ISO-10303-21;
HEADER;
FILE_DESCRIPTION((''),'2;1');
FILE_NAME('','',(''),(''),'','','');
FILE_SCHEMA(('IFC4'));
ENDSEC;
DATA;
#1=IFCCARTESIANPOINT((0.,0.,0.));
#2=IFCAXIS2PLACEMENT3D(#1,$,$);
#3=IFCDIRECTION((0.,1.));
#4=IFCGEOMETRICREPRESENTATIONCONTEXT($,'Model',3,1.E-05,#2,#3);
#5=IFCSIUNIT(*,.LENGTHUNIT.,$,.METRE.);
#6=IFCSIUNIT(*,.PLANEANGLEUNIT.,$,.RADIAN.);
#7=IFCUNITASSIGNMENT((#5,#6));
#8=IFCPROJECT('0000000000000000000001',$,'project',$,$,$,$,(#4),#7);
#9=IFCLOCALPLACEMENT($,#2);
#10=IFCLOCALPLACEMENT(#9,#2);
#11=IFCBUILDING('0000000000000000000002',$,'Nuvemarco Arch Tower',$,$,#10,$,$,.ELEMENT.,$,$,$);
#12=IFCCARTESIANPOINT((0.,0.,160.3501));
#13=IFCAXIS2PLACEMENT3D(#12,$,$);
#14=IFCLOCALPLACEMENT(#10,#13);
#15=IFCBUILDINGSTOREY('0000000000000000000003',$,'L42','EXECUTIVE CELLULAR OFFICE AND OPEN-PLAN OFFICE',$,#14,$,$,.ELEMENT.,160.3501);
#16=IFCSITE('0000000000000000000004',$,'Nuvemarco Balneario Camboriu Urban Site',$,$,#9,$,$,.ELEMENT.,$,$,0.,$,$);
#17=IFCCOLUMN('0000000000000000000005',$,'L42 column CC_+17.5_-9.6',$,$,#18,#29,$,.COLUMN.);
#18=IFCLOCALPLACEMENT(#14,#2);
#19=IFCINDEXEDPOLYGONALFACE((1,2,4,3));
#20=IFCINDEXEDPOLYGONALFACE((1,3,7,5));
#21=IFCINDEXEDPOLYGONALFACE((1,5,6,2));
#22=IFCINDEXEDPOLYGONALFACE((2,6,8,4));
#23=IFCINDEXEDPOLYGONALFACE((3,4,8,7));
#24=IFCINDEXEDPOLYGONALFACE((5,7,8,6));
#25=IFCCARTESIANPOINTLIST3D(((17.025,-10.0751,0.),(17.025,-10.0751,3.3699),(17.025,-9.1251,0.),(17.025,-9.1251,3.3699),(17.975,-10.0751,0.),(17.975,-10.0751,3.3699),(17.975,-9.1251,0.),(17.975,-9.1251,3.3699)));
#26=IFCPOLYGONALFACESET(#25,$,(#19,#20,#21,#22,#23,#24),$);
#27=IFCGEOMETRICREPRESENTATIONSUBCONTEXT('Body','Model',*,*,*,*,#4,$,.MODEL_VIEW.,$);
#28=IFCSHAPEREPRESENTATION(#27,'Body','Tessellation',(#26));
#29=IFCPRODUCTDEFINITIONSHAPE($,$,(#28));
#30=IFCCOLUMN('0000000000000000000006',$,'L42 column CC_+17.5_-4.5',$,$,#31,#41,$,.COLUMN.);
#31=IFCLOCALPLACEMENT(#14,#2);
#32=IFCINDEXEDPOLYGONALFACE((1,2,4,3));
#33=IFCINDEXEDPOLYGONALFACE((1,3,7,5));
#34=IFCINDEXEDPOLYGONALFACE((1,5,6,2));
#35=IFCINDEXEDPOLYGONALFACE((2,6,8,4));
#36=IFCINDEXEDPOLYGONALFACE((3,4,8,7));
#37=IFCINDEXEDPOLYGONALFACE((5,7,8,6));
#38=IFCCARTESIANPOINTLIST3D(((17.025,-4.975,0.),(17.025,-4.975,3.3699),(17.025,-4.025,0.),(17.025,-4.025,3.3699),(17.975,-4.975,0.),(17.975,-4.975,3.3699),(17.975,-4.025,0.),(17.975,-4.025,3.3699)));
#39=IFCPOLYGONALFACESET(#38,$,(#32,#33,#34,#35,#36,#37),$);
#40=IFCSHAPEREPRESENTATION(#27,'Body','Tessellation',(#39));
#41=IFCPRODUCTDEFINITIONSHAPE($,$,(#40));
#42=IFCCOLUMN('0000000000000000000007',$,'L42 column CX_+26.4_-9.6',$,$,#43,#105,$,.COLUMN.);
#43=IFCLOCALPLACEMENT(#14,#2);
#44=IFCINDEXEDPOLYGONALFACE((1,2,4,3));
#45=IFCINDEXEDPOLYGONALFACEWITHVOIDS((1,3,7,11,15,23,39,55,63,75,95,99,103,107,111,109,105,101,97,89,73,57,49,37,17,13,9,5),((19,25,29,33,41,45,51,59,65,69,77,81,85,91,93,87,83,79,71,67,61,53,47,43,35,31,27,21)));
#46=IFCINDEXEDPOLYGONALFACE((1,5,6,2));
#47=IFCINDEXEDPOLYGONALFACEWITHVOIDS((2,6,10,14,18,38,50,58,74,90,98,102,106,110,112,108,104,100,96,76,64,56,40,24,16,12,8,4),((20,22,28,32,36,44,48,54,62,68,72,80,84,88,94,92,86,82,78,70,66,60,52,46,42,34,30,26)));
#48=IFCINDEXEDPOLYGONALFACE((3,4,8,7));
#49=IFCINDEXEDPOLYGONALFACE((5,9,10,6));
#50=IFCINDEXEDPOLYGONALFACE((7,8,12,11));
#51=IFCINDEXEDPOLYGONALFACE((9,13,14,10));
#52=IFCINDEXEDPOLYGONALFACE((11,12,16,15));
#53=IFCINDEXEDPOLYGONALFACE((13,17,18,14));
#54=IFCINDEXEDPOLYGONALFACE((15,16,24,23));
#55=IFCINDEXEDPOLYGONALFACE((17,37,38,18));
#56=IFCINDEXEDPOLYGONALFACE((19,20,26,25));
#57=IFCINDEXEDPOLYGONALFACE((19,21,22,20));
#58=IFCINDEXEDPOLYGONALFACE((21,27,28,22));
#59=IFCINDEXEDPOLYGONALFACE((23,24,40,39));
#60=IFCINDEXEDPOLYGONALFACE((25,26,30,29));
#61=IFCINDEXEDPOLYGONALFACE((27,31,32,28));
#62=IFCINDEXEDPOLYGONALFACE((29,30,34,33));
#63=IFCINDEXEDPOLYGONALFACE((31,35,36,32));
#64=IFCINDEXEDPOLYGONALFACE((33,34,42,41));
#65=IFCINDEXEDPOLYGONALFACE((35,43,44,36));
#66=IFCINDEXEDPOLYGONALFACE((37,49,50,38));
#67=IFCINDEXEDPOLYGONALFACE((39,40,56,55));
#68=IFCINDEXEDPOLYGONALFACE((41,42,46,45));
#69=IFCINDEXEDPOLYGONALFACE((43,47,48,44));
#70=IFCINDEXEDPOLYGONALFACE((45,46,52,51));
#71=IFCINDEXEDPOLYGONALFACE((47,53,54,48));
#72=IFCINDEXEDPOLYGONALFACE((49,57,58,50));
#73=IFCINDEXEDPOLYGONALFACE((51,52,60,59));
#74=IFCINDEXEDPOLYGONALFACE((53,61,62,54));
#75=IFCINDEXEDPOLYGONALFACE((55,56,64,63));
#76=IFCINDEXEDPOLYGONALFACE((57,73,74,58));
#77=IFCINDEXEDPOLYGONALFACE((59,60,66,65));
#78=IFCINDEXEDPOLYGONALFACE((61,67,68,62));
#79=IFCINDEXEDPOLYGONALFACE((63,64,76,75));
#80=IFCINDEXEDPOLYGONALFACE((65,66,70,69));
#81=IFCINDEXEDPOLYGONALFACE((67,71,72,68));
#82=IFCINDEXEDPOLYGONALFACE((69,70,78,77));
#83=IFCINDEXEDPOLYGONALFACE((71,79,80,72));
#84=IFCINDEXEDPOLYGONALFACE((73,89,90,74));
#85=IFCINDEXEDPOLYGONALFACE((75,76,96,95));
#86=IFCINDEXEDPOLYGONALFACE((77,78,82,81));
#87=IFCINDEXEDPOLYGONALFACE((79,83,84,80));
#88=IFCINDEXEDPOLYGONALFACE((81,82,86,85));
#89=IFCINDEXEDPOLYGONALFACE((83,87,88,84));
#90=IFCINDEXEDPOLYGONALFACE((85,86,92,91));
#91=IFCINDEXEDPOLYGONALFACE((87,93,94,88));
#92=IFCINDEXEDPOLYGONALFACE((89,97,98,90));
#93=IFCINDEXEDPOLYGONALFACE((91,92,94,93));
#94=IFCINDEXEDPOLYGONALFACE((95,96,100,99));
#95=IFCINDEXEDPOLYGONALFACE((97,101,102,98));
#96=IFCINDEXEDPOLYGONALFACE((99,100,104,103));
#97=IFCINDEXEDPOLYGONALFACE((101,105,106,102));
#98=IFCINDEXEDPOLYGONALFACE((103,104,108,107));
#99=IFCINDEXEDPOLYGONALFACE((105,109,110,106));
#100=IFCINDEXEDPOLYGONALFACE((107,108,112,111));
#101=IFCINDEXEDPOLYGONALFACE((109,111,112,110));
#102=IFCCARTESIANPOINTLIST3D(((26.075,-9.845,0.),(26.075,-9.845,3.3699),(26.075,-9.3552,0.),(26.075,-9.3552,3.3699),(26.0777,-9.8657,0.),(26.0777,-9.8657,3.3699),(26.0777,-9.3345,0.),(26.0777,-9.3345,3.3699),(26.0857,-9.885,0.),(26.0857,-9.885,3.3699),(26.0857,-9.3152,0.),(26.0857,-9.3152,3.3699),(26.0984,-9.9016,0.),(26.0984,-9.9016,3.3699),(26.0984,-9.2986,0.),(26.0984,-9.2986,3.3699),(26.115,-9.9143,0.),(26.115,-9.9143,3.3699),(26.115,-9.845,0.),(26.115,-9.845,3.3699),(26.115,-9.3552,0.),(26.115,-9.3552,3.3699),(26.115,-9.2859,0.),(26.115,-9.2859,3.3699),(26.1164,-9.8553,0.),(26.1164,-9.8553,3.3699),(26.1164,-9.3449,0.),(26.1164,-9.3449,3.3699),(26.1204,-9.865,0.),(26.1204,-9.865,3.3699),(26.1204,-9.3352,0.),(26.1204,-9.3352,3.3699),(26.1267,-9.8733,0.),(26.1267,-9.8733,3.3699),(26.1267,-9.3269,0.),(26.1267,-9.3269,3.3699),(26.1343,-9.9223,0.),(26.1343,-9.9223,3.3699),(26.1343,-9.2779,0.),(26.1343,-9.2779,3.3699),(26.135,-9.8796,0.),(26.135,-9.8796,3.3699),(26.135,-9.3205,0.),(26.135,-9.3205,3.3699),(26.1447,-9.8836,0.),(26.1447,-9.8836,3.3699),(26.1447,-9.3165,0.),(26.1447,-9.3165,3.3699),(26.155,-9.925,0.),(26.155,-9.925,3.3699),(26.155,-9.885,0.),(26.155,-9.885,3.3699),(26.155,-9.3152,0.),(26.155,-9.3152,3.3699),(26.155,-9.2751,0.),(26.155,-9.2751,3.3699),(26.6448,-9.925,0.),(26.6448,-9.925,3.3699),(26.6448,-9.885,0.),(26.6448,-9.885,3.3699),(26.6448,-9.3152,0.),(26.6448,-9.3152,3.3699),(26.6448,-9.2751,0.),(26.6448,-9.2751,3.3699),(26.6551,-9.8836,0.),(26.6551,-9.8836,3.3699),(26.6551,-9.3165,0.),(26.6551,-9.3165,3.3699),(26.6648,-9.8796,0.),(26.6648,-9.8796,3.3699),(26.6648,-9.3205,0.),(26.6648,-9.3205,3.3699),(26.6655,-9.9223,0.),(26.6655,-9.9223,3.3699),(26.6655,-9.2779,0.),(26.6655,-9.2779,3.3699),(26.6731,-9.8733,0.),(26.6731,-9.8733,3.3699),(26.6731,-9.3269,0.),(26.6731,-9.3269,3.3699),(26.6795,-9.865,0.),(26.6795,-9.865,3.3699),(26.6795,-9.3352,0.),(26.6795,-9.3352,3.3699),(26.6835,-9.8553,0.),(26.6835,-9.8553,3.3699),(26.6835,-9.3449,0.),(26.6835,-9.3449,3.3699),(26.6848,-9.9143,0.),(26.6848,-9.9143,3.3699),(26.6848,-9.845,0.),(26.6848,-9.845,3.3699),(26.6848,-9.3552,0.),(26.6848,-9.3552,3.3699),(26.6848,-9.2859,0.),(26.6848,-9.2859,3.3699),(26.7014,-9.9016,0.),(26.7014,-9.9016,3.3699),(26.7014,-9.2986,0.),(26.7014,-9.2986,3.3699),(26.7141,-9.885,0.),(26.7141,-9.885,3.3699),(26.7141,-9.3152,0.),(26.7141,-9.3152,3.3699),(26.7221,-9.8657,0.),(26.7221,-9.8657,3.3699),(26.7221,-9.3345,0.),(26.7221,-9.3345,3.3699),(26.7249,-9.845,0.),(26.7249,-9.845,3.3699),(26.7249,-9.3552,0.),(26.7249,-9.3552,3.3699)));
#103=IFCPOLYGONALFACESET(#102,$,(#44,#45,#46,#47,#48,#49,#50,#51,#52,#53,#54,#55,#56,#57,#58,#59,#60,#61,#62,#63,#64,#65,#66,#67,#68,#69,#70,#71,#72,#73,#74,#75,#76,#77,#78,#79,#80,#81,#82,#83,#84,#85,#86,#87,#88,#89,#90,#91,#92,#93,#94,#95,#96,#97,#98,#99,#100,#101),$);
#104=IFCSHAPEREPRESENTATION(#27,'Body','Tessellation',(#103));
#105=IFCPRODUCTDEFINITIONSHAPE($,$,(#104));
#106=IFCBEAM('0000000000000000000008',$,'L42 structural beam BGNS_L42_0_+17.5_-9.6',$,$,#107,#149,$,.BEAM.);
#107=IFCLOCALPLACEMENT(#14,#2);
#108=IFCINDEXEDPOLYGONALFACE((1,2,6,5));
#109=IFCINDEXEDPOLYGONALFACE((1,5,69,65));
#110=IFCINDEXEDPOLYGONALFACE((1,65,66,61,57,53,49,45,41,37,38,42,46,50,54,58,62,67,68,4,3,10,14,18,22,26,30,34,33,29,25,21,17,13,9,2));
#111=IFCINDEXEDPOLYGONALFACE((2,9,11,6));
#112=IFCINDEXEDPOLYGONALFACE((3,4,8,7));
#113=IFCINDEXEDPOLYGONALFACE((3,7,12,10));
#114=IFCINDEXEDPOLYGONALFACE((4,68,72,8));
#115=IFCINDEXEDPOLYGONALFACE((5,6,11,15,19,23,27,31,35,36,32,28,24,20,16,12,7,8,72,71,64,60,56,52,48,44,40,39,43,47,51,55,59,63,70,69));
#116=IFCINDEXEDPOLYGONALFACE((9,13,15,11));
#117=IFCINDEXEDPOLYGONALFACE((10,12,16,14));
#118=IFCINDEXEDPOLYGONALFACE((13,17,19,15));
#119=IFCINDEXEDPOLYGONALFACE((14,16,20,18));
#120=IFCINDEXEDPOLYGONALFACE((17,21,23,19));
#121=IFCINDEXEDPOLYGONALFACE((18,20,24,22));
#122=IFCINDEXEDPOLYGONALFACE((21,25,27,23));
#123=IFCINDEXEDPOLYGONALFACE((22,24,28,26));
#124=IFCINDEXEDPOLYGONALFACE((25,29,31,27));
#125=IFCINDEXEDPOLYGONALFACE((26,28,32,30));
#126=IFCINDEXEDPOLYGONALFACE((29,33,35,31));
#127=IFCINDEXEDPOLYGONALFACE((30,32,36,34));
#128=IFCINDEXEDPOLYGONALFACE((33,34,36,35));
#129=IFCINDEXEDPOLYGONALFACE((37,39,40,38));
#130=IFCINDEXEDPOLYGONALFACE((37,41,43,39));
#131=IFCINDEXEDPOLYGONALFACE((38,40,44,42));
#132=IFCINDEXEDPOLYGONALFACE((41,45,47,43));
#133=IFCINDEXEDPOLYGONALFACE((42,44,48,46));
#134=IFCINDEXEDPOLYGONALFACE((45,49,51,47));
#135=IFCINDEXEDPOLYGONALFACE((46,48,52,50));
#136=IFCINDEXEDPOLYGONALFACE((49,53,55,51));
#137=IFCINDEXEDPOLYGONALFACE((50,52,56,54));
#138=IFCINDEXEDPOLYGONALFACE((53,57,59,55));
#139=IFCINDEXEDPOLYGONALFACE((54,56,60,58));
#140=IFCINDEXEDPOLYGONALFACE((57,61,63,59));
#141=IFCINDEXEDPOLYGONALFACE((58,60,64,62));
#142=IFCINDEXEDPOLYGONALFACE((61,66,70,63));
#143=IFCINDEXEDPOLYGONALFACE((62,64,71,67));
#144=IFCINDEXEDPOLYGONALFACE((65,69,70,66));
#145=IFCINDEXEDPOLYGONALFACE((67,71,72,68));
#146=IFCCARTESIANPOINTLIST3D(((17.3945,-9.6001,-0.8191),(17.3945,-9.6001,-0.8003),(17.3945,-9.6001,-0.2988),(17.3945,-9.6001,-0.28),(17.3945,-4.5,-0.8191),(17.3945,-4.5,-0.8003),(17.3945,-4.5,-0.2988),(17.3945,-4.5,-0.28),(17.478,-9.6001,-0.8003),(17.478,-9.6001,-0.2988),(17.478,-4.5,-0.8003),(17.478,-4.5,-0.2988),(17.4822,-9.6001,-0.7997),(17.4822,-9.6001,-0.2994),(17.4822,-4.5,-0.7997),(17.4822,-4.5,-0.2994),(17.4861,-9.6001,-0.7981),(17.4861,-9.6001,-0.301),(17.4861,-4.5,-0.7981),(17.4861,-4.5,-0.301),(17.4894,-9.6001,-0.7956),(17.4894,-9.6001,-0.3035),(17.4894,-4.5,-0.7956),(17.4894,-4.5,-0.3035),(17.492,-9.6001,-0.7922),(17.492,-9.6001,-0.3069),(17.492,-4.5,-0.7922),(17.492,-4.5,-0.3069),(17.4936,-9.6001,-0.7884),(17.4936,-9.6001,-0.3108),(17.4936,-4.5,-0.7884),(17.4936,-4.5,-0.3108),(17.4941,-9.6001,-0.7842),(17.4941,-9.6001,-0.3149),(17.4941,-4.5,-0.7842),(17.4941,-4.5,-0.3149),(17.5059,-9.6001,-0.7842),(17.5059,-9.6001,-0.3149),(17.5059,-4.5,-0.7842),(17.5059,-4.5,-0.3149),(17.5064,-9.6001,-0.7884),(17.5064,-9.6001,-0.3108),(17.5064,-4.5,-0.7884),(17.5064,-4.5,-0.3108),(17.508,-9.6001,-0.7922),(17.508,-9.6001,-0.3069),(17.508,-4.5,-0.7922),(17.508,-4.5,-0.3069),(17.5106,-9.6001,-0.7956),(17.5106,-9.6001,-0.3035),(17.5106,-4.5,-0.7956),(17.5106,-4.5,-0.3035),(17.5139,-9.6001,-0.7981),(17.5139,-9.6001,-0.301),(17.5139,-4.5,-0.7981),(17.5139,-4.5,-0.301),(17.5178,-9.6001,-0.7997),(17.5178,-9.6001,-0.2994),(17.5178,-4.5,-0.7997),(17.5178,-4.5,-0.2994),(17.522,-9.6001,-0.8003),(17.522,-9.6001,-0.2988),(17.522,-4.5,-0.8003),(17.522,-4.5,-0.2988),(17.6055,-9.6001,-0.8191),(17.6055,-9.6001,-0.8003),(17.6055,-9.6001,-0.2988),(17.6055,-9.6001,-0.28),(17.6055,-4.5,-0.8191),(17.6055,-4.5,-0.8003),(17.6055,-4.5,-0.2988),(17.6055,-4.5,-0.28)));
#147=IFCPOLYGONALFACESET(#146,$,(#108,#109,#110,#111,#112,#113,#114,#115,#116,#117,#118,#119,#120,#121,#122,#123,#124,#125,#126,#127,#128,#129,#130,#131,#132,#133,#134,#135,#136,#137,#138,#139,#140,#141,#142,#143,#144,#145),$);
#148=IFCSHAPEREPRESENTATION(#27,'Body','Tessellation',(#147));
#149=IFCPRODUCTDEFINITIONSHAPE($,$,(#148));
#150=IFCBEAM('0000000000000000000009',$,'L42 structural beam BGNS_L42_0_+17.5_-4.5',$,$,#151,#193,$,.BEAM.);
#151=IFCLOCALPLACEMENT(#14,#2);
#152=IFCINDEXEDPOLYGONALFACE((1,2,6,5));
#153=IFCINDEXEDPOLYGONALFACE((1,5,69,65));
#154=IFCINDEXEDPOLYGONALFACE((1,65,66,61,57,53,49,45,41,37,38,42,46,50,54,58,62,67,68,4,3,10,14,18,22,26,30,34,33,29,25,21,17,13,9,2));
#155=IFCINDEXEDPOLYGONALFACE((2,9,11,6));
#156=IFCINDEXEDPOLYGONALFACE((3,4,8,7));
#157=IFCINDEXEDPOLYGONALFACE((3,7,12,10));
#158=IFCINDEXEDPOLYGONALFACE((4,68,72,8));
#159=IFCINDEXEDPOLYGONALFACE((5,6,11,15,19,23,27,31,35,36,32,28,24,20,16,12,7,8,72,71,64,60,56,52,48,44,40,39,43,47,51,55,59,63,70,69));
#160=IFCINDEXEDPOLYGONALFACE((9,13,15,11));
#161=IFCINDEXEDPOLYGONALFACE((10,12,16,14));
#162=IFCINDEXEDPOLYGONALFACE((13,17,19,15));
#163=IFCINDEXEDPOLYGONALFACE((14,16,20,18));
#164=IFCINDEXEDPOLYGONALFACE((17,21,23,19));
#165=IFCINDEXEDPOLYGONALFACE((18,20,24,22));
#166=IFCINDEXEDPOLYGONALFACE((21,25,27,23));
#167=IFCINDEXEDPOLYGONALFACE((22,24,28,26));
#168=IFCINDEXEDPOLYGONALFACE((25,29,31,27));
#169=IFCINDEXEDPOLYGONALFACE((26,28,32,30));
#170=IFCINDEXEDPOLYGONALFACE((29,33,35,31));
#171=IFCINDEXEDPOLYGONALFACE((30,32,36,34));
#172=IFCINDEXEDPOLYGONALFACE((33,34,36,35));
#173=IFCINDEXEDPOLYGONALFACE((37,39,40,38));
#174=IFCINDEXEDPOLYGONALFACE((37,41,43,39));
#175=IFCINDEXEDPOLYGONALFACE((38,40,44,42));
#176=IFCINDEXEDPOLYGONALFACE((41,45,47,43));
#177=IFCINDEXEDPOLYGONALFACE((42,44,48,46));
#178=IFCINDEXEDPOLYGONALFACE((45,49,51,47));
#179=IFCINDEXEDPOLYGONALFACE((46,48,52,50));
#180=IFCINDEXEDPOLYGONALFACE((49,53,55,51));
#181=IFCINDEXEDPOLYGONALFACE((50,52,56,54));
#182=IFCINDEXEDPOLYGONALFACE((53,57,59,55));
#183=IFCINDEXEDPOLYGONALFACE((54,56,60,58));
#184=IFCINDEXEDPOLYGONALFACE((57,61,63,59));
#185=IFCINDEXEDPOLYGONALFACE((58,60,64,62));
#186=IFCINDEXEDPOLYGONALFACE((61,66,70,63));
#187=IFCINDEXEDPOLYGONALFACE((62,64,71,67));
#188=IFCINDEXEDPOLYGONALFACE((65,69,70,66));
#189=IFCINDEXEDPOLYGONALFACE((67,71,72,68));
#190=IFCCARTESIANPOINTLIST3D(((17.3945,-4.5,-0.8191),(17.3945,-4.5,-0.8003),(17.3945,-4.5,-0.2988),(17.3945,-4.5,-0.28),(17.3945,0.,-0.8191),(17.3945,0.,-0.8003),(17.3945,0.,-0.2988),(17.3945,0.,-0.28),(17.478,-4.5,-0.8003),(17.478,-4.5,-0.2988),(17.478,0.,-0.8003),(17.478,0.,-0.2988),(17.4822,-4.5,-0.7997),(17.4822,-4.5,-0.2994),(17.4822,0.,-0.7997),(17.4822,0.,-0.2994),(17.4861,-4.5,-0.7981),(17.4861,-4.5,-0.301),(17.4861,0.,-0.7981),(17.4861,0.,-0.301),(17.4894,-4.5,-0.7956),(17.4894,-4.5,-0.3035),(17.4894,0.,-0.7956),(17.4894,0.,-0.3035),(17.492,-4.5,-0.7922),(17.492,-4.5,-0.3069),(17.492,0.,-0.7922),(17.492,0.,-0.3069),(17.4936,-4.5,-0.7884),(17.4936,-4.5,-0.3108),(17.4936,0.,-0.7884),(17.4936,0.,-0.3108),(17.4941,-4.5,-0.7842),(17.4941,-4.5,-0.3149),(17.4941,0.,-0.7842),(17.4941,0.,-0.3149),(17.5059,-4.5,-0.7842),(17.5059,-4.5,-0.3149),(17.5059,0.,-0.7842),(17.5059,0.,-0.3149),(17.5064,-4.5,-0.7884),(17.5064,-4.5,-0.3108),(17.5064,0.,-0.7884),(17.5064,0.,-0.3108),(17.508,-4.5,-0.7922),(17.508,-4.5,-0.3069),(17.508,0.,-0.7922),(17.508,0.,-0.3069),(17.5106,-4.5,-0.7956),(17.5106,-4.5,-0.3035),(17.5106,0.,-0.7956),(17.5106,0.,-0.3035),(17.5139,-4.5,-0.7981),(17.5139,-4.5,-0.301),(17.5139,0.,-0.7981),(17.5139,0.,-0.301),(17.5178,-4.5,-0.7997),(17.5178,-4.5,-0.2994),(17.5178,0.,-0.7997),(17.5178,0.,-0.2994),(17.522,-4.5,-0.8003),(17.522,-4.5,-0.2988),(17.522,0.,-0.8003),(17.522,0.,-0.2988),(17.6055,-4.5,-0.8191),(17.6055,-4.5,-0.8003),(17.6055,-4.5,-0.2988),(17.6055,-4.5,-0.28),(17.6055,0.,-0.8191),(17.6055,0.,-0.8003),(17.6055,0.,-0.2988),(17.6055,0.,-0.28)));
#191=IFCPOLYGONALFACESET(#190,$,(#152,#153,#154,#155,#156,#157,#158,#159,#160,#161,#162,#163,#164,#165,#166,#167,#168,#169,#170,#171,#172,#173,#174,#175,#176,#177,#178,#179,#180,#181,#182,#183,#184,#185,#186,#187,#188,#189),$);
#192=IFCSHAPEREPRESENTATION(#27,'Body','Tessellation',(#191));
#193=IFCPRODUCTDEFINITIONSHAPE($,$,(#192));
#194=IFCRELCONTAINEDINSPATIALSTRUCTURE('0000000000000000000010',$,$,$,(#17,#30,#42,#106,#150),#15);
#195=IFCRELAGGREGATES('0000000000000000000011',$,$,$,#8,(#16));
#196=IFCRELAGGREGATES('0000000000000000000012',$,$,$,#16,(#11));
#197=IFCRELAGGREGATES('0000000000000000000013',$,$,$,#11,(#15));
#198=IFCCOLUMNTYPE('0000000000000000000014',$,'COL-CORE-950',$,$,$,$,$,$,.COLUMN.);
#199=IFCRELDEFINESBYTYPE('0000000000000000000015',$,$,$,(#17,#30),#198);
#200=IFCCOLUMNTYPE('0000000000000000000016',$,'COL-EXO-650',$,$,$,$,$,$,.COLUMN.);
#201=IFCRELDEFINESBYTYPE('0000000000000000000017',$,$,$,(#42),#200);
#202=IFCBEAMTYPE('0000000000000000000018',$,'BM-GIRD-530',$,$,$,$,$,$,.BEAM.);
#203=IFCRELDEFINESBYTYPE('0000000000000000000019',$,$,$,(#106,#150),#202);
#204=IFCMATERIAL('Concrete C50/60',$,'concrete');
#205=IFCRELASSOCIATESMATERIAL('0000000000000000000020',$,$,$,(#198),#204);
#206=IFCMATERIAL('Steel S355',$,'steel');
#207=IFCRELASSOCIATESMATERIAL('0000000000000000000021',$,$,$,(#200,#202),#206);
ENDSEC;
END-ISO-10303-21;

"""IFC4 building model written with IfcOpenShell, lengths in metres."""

from ifc_helpers import new_model, si_unit, direction, frame, origin, origin_2d, place, context, subcontext, project, spatial, rectangle, hollow_rectangle, i_section, extrude, material, material_profile, profile_set, type_object, element, save


model = new_model("IFC4")

# Units and contexts
model_context = context("Model", 3, precision=1e-05, world=origin(), true_north=direction((0.0, 1.0)))
body_context = subcontext(model_context, "Body", "Model", "MODEL_VIEW")
ifc_project = project(units=[si_unit("LENGTHUNIT", "METRE"), si_unit("PLANEANGLEUNIT", "RADIAN")], contexts=[model_context])

# Site, building, storey
site_placement = place(None, origin())
site = spatial("IfcSite", under=ifc_project, at=site_placement, Name="Nuvemarco Balneario Camboriu Urban Site", CompositionType="ELEMENT", RefElevation=0.0)
building_placement = place(site_placement, origin())
building = spatial("IfcBuilding", under=site, at=building_placement, Name="Nuvemarco Arch Tower", CompositionType="ELEMENT")
storey_placement = place(building_placement, frame((0.0, 0.0, 160.3501)))
storey = spatial("IfcBuildingStorey", under=building, at=storey_placement, Name="L42", Description="EXECUTIVE CELLULAR OFFICE AND OPEN-PLAN OFFICE", CompositionType="ELEMENT", Elevation=160.3501)

# Columns
ifc_material_1 = material(Name="Concrete C50/60", Category="concrete")
ifc_material_profile_1 = material_profile(ifc_material_1, rectangle(XDim=0.95, YDim=0.95, at=origin_2d()), Name="RC-COL-950x950")
ifc_profile_set_1 = profile_set([ifc_material_profile_1], Name="Concrete C50/60")
column_type_1 = type_object("IfcColumnType", Name="COL-CORE-950", PredefinedType="COLUMN", material=ifc_profile_set_1)
for number, where, z_axis, x_axis, name in (
    (1, (17.5, -9.6001, 0.0), (0.0, 0.0, 1.0), (1.0, 0.0, 0.0), "L42 column CC_+17.5_-9.6"),
    (2, (17.5, -4.5, 0.0), (0.0, 0.0, 1.0), (1.0, 0.0, 0.0), "L42 column CC_+17.5_-4.5"),
):
    element("IfcColumn", number, at=place(storey_placement, frame(where, z_axis=z_axis, x_axis=x_axis)), inside=storey, type_object=column_type_1, Name=name, PredefinedType="COLUMN", context=body_context, shape_type="SweptSolid", body=[
        extrude(rectangle(XDim=0.95, YDim=0.95, at=origin_2d()), origin(), (0.0, 0.0, 1.0), 3.3699),
    ])
ifc_material_2 = material(Name="Steel S355", Category="steel")
ifc_material_profile_2 = material_profile(ifc_material_2, hollow_rectangle(XDim=0.6499, YDim=0.6499, WallThickness=0.04, InnerFilletRadius=0.04, OuterFilletRadius=0.0801, at=origin_2d()), Name="SHS650x650x40")
ifc_profile_set_2 = profile_set([ifc_material_profile_2], Name="Steel S355")
column_type_2 = type_object("IfcColumnType", Name="COL-EXO-650", PredefinedType="COLUMN", material=ifc_profile_set_2)
column_placement = place(storey_placement, frame((26.3999, -9.6001, 0.0), z_axis=(0.0, 0.0, 1.0), x_axis=(1.0, 0.0, 0.0)))
element("IfcColumn", 3, at=column_placement, inside=storey, type_object=column_type_2, Name="L42 column CX_+26.4_-9.6", PredefinedType="COLUMN", context=body_context, shape_type="SweptSolid", body=[
    extrude(hollow_rectangle(XDim=0.6499, YDim=0.6499, WallThickness=0.04, InnerFilletRadius=0.04, OuterFilletRadius=0.0801, at=origin_2d()), origin(), (0.0, 0.0, 1.0), 3.3699),
])

# Beams
ifc_material_profile_3 = material_profile(ifc_material_2, i_section(OverallWidth=0.2109, OverallDepth=0.5391, WebThickness=0.0117, FlangeThickness=0.0188, FilletRadius=0.0161, at=origin_2d()), Name="W530x109")
ifc_profile_set_3 = profile_set([ifc_material_profile_3], Name="Steel S355")
beam_type_1 = type_object("IfcBeamType", Name="BM-GIRD-530", PredefinedType="BEAM", material=ifc_profile_set_3)
beam_1_placement = place(storey_placement, frame((17.5, -9.6001, -0.5496), z_axis=(0.0, 1.0, 0.0), x_axis=(-1.0, 0.0, 0.0)))
element("IfcBeam", 4, at=beam_1_placement, inside=storey, type_object=beam_type_1, Name="L42 structural beam BGNS_L42_0_+17.5_-9.6", PredefinedType="BEAM", context=body_context, shape_type="SweptSolid", body=[
    extrude(i_section(OverallWidth=0.2109, OverallDepth=0.5391, WebThickness=0.0117, FlangeThickness=0.0188, FilletRadius=0.0161, at=origin_2d()), origin(), (0.0, 0.0, 1.0), 5.1001),
])
beam_2_placement = place(storey_placement, frame((17.5, -4.5, -0.5496), z_axis=(0.0, 1.0, 0.0), x_axis=(-1.0, 0.0, 0.0)))
element("IfcBeam", 5, at=beam_2_placement, inside=storey, type_object=beam_type_1, Name="L42 structural beam BGNS_L42_0_+17.5_-4.5", PredefinedType="BEAM", context=body_context, shape_type="SweptSolid", body=[
    extrude(i_section(OverallWidth=0.2109, OverallDepth=0.5391, WebThickness=0.0117, FlangeThickness=0.0188, FilletRadius=0.0161, at=origin_2d()), origin(), (0.0, 0.0, 1.0), 4.5),
])

save(model, "model.ifc")
